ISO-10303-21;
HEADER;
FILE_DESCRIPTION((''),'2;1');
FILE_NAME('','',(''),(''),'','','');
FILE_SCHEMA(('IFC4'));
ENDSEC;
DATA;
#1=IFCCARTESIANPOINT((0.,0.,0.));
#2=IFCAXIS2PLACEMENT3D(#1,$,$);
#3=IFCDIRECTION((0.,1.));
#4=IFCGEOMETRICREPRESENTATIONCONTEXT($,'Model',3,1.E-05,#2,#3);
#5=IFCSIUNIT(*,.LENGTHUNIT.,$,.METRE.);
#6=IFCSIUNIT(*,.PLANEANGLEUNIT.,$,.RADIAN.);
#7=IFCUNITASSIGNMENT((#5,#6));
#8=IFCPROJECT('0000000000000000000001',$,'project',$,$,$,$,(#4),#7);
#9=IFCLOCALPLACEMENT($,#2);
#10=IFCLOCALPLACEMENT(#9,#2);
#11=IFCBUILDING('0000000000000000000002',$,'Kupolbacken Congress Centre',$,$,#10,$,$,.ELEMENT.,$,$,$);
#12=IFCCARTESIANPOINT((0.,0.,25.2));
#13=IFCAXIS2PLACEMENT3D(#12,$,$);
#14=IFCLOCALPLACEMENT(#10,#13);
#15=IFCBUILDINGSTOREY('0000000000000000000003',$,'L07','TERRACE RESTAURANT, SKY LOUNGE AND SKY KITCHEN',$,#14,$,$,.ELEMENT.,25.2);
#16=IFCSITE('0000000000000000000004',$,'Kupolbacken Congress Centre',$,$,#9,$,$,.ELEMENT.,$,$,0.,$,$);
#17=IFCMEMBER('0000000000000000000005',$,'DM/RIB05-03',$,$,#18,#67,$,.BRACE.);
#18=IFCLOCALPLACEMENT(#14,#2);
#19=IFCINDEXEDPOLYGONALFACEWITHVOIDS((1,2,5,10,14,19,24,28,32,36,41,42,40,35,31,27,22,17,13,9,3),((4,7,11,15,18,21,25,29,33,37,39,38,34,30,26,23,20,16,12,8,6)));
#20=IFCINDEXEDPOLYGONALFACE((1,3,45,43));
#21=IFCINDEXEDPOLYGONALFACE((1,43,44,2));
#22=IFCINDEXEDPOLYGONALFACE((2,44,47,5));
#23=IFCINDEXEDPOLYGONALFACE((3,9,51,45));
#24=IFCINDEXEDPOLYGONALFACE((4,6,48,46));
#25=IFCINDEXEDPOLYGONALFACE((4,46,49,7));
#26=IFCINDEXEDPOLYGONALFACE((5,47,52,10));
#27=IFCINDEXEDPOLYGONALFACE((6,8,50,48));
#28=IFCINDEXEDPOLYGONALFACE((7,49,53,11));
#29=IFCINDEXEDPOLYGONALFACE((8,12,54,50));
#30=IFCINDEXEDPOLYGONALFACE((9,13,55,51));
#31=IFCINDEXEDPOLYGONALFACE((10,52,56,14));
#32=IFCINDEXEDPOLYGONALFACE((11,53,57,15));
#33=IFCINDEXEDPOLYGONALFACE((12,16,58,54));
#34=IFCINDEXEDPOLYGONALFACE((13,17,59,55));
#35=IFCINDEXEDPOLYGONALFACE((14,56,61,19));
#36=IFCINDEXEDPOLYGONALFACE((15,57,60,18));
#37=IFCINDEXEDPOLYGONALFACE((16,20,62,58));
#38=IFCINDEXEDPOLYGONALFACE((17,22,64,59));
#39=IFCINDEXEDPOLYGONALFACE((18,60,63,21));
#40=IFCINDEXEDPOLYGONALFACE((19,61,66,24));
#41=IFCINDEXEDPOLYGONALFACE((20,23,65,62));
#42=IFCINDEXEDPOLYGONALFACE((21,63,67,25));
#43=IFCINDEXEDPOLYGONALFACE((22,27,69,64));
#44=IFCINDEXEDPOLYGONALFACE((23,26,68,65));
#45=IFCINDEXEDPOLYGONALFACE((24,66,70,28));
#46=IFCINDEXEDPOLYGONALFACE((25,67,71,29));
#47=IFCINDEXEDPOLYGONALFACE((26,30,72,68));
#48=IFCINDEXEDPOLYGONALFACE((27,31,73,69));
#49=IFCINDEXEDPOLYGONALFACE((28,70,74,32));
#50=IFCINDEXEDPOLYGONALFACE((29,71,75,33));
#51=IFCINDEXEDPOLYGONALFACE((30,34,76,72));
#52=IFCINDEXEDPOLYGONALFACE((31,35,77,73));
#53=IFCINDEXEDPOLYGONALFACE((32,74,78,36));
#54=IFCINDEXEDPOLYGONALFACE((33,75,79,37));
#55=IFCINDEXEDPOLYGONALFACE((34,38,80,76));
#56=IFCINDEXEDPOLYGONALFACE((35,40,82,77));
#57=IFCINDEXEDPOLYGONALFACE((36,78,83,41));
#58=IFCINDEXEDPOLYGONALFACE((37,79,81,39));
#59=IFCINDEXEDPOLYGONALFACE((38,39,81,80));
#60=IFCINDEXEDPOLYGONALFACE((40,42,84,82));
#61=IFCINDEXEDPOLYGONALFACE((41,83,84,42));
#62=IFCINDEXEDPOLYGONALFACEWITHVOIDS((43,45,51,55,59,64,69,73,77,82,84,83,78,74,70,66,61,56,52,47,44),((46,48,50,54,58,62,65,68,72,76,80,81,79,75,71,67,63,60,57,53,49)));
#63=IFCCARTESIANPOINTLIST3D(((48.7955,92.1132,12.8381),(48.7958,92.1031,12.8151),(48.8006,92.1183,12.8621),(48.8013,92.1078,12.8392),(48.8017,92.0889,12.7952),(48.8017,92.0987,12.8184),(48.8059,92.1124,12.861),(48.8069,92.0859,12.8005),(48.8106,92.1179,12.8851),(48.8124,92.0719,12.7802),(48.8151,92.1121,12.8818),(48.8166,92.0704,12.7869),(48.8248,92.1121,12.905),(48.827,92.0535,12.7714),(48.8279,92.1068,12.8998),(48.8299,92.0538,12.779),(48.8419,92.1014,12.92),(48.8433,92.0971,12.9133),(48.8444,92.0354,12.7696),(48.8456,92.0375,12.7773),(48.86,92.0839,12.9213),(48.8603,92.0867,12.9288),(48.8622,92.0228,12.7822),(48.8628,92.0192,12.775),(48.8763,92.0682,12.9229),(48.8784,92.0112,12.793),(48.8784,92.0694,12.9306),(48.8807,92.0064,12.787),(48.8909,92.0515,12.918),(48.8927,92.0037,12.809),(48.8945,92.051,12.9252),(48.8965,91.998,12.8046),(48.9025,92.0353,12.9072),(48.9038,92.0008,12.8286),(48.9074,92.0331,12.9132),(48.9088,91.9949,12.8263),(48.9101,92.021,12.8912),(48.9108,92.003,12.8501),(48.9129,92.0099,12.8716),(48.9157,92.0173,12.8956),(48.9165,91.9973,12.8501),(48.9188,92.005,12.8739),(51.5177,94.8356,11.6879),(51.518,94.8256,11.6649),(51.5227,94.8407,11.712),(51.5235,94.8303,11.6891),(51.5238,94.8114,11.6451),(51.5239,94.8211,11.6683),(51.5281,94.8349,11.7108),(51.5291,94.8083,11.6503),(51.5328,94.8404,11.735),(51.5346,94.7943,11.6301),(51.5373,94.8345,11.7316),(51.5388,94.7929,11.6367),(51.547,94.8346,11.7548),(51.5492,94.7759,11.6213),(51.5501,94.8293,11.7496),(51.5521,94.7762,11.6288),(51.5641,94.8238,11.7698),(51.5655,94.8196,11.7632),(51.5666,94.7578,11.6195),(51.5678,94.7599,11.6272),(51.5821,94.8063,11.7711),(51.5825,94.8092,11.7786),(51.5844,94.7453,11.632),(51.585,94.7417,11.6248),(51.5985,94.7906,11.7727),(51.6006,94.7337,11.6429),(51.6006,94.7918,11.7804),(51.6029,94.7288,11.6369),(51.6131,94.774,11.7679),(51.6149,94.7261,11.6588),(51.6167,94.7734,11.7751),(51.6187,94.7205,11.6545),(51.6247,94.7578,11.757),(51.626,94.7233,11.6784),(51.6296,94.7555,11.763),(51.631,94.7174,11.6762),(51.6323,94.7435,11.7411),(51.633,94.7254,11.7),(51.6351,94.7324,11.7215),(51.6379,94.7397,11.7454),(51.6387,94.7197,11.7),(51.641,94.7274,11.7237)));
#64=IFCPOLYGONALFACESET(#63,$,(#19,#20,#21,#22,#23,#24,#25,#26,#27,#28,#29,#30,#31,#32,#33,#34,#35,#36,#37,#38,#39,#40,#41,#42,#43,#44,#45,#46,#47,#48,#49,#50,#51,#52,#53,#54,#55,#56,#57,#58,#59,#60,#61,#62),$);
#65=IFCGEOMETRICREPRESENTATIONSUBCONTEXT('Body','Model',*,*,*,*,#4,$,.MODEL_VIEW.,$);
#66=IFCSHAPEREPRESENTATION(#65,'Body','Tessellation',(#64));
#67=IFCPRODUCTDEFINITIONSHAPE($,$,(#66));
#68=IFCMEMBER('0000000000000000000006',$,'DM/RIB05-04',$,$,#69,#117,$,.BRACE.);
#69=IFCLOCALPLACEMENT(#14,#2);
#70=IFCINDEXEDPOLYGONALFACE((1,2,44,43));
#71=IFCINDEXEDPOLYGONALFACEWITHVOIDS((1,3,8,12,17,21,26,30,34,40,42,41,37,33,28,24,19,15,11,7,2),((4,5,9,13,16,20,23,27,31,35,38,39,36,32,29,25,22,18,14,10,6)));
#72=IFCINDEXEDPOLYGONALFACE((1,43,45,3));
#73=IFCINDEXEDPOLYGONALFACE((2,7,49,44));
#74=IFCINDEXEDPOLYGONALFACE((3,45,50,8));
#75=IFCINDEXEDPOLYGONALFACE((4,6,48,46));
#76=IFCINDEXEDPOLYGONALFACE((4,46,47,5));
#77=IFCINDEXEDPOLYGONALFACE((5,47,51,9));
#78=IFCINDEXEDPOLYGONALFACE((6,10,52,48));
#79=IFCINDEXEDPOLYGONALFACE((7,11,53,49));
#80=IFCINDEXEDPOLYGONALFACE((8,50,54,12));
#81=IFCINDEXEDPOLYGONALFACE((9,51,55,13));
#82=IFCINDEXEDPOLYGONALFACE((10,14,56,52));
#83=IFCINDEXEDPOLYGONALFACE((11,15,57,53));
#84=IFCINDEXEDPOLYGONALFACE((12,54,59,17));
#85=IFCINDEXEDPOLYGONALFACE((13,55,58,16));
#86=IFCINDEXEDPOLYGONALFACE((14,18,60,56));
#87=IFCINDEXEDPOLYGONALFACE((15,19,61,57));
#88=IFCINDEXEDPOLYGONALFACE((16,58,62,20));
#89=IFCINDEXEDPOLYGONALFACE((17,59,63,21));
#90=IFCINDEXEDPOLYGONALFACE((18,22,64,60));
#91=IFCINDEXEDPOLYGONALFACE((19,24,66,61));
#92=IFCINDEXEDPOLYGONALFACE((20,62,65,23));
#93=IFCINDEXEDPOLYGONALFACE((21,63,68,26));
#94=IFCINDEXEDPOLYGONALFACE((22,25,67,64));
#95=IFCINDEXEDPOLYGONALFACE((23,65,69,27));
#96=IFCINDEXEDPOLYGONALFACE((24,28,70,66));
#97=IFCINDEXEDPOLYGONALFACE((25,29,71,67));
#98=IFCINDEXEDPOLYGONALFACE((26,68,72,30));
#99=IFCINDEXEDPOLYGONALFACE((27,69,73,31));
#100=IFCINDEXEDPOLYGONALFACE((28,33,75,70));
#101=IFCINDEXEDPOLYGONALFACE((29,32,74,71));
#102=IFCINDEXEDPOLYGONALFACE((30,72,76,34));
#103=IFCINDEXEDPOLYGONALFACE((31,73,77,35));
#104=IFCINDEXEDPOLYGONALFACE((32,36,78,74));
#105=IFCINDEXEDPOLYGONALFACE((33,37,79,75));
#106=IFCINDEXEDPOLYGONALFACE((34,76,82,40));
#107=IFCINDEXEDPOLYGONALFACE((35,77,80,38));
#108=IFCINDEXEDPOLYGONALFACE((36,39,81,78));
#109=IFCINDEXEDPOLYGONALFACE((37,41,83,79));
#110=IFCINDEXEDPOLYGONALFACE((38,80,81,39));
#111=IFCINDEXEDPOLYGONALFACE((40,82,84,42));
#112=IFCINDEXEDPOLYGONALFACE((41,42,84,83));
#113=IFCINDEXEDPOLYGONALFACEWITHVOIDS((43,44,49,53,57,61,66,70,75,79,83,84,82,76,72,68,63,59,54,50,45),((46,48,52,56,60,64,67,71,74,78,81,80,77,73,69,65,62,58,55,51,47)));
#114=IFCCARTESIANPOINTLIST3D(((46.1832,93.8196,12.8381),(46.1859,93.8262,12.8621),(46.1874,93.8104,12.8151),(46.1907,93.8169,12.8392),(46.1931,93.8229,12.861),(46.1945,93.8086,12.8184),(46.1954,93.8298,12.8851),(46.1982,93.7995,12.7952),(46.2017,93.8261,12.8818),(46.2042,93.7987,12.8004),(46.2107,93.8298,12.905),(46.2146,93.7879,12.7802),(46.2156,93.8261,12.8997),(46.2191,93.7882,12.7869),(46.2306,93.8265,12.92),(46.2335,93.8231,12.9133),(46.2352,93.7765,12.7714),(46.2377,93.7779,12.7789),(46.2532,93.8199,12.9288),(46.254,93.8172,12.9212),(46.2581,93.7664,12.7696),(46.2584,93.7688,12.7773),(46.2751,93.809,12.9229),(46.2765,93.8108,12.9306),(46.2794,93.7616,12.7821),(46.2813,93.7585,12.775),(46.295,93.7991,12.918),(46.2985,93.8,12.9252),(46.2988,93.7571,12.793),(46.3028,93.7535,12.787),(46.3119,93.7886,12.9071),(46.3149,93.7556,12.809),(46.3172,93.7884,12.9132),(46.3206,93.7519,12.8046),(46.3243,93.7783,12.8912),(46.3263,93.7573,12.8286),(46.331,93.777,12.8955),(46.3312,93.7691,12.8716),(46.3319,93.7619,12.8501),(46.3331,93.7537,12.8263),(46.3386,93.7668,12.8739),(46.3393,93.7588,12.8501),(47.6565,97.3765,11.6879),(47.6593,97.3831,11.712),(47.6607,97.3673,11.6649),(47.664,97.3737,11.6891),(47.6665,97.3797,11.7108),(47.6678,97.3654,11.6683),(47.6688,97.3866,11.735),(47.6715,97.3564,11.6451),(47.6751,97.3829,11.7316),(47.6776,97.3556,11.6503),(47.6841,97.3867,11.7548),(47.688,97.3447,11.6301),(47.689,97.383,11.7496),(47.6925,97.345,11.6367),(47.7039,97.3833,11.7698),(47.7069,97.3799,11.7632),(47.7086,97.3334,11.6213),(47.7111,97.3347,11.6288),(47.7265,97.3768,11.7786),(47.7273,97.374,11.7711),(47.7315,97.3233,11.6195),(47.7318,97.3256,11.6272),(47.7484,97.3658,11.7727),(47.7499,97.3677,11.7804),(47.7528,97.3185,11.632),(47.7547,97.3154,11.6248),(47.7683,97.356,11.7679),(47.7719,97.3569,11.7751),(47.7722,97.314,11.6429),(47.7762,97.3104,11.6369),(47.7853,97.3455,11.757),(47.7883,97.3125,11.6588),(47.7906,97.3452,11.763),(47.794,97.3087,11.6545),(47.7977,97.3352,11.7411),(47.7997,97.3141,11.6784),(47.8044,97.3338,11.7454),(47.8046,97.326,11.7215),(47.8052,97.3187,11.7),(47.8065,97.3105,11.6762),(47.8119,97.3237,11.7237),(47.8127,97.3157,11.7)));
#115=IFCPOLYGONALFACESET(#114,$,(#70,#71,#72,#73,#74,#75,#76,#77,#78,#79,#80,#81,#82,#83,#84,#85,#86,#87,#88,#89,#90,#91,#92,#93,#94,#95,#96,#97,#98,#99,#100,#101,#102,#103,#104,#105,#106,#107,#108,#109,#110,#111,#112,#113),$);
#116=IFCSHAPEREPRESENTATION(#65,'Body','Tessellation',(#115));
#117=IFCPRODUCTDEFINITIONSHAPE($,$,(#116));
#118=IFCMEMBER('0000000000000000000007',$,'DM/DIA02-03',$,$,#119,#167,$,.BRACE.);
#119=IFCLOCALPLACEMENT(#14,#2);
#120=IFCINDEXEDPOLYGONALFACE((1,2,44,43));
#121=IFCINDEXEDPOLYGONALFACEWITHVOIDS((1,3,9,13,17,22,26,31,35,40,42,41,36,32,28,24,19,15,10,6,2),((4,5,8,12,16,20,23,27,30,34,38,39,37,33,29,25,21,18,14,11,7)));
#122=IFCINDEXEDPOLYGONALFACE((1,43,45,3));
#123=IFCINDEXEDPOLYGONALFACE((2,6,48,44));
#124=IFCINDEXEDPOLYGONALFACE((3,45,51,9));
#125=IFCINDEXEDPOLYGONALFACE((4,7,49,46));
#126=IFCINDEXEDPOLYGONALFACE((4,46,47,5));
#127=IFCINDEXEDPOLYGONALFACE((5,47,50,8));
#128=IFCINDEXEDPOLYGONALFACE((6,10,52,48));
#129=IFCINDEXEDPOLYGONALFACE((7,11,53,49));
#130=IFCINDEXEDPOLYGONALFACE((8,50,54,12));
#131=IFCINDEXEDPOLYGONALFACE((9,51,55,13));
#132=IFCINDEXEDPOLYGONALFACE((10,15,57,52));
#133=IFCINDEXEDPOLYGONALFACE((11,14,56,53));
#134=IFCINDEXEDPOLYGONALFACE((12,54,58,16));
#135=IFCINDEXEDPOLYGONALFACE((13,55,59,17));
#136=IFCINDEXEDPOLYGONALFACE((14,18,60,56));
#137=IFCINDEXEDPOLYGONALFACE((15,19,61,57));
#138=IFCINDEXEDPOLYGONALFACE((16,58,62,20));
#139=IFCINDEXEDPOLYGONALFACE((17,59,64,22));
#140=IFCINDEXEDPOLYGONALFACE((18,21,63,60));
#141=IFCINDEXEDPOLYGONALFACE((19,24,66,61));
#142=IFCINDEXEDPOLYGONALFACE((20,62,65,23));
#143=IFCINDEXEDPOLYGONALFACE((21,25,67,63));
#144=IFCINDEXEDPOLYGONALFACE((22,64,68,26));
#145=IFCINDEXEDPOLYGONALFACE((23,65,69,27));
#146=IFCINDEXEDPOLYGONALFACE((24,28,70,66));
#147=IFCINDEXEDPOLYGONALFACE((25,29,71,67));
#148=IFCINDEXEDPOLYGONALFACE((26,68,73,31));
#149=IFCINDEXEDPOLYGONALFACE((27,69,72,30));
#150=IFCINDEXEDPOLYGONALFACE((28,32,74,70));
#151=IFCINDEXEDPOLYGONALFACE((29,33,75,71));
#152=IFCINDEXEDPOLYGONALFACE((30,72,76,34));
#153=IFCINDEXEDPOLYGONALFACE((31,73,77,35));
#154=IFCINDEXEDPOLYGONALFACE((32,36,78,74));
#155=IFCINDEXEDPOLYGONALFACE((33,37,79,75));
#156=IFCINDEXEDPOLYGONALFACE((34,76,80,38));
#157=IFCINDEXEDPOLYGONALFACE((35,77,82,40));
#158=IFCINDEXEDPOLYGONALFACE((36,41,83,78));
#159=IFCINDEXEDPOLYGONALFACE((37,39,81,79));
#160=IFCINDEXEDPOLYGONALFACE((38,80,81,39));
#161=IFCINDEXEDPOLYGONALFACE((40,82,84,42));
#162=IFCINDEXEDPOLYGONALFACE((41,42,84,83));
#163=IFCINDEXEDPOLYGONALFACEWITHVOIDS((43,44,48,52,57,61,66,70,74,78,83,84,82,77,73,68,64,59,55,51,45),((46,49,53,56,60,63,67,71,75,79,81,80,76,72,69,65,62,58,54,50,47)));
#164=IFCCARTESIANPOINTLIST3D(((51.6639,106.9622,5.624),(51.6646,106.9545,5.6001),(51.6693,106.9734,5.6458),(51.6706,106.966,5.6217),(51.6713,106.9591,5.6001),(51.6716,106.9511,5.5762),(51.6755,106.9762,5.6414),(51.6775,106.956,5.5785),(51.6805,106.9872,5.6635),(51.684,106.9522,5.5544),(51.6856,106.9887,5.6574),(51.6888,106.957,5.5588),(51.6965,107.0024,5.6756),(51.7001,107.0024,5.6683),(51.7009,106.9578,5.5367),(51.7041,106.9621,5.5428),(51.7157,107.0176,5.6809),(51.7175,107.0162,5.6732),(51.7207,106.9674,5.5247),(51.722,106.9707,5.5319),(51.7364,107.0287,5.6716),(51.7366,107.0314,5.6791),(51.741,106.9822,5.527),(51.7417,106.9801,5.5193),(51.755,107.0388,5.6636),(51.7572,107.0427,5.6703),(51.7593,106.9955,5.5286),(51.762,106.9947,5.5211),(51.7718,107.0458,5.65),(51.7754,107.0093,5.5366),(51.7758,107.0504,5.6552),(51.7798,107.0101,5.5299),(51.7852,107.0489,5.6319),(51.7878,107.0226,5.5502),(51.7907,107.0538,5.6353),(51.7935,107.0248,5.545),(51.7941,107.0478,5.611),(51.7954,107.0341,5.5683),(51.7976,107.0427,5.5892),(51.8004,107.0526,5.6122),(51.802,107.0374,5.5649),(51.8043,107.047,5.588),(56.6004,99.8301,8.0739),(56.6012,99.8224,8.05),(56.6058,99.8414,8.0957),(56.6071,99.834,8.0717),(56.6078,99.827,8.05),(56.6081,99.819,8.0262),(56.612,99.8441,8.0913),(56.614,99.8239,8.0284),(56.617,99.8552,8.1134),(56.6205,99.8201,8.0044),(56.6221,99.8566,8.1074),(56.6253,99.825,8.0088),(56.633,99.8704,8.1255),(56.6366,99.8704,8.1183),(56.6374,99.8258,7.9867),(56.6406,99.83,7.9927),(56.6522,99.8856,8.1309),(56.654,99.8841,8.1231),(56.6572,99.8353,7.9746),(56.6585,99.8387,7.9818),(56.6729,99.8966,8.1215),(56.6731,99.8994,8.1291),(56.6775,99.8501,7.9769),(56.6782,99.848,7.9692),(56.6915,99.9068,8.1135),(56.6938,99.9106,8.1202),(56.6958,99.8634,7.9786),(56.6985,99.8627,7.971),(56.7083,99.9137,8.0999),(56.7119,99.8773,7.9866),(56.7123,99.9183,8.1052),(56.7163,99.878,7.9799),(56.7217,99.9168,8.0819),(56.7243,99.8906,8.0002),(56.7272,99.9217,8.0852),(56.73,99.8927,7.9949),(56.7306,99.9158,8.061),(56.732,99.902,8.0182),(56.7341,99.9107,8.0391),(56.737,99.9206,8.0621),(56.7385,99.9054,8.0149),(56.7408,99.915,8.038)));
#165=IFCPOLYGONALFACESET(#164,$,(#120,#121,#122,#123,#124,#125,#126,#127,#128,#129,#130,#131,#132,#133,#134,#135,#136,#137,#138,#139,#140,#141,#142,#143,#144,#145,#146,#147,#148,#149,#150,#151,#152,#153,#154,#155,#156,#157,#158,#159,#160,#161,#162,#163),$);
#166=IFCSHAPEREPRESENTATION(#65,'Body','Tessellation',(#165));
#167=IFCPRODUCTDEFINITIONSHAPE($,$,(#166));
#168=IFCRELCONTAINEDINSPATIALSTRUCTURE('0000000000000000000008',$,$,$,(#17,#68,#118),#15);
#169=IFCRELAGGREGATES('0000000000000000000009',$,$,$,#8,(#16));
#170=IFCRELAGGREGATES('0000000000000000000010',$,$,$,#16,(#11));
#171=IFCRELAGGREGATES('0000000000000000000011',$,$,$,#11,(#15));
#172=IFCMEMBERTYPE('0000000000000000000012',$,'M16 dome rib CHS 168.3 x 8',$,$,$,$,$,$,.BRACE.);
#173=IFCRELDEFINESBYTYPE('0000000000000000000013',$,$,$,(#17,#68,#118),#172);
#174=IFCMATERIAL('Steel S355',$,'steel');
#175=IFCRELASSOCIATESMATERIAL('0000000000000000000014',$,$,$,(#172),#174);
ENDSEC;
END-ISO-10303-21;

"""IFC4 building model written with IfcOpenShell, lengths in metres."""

from ifc_helpers import new_model, si_unit, direction, frame, origin, origin_2d, place, context, subcontext, project, spatial, hollow_circle, extrude, material, material_profile, profile_set, type_object, element, save


model = new_model("IFC4")

# Units and contexts
model_context = context("Model", 3, precision=1e-05, world=origin(), true_north=direction((0.0, 1.0)))
body_context = subcontext(model_context, "Body", "Model", "MODEL_VIEW")
ifc_project = project(units=[si_unit("LENGTHUNIT", "METRE"), si_unit("PLANEANGLEUNIT", "RADIAN")], contexts=[model_context])

# Site, building, storey
site_placement = place(None, origin())
site = spatial("IfcSite", under=ifc_project, at=site_placement, Name="Kupolbacken Congress Centre", CompositionType="ELEMENT", RefElevation=0.0)
building_placement = place(site_placement, origin())
building = spatial("IfcBuilding", under=site, at=building_placement, Name="Kupolbacken Congress Centre", CompositionType="ELEMENT")
storey_placement = place(building_placement, frame((0.0, 0.0, 25.2)))
storey = spatial("IfcBuildingStorey", under=building, at=storey_placement, Name="L07", Description="TERRACE RESTAURANT, SKY LOUNGE AND SKY KITCHEN", CompositionType="ELEMENT", Elevation=25.2)

# Members
ifc_material_1 = material(Name="Steel S355", Category="steel")
ifc_material_profile_1 = material_profile(ifc_material_1, hollow_circle(Radius=0.0842, WallThickness=0.0081, at=origin_2d()), Name="CHS 168.3 x 8")
ifc_profile_set_1 = profile_set([ifc_material_profile_1], Name="Steel S355")
member_type_1 = type_object("IfcMemberType", Name="M16 dome rib CHS 168.3 x 8", PredefinedType="BRACE", material=ifc_profile_set_1)
for number, where, z_axis, x_axis, name in (
    (1, (51.5791, 94.7793, 11.7), (-0.677488, -0.677549, 0.286246), (0.707138, -0.707075, 0.0), "DM/RIB05-03"),
    (2, (47.7349, 97.3479, 11.7), (-0.366688, -0.885215, 0.286241), (0.923872, -0.382701, 0.0), "DM/RIB05-04"),
):
    element("IfcMember", number, at=place(storey_placement, frame(where, z_axis=z_axis, x_axis=x_axis)), inside=storey, type_object=member_type_1, Name=name, PredefinedType="BRACE", context=body_context, shape_type="SweptSolid", body=[
        extrude(hollow_circle(Radius=0.0842, WallThickness=0.0081, at=origin_2d()), origin(), (0.0, 0.0, 1.0), 4.0181),
    ])
member_1_placement = place(storey_placement, frame((56.6704, 99.8704, 8.05), z_axis=(-0.547698, 0.791291, -0.271818), x_axis=(-0.82225, -0.569127, 0.0)))
element("IfcMember", 3, at=member_1_placement, inside=storey, type_object=member_type_1, Name="DM/DIA02-03", PredefinedType="BRACE", context=body_context, shape_type="SweptSolid", body=[
    extrude(hollow_circle(Radius=0.0842, WallThickness=0.0081, at=origin_2d()), origin(), (0.0, 0.0, 1.0), 9.0132),
])

save(model, "model.ifc")
